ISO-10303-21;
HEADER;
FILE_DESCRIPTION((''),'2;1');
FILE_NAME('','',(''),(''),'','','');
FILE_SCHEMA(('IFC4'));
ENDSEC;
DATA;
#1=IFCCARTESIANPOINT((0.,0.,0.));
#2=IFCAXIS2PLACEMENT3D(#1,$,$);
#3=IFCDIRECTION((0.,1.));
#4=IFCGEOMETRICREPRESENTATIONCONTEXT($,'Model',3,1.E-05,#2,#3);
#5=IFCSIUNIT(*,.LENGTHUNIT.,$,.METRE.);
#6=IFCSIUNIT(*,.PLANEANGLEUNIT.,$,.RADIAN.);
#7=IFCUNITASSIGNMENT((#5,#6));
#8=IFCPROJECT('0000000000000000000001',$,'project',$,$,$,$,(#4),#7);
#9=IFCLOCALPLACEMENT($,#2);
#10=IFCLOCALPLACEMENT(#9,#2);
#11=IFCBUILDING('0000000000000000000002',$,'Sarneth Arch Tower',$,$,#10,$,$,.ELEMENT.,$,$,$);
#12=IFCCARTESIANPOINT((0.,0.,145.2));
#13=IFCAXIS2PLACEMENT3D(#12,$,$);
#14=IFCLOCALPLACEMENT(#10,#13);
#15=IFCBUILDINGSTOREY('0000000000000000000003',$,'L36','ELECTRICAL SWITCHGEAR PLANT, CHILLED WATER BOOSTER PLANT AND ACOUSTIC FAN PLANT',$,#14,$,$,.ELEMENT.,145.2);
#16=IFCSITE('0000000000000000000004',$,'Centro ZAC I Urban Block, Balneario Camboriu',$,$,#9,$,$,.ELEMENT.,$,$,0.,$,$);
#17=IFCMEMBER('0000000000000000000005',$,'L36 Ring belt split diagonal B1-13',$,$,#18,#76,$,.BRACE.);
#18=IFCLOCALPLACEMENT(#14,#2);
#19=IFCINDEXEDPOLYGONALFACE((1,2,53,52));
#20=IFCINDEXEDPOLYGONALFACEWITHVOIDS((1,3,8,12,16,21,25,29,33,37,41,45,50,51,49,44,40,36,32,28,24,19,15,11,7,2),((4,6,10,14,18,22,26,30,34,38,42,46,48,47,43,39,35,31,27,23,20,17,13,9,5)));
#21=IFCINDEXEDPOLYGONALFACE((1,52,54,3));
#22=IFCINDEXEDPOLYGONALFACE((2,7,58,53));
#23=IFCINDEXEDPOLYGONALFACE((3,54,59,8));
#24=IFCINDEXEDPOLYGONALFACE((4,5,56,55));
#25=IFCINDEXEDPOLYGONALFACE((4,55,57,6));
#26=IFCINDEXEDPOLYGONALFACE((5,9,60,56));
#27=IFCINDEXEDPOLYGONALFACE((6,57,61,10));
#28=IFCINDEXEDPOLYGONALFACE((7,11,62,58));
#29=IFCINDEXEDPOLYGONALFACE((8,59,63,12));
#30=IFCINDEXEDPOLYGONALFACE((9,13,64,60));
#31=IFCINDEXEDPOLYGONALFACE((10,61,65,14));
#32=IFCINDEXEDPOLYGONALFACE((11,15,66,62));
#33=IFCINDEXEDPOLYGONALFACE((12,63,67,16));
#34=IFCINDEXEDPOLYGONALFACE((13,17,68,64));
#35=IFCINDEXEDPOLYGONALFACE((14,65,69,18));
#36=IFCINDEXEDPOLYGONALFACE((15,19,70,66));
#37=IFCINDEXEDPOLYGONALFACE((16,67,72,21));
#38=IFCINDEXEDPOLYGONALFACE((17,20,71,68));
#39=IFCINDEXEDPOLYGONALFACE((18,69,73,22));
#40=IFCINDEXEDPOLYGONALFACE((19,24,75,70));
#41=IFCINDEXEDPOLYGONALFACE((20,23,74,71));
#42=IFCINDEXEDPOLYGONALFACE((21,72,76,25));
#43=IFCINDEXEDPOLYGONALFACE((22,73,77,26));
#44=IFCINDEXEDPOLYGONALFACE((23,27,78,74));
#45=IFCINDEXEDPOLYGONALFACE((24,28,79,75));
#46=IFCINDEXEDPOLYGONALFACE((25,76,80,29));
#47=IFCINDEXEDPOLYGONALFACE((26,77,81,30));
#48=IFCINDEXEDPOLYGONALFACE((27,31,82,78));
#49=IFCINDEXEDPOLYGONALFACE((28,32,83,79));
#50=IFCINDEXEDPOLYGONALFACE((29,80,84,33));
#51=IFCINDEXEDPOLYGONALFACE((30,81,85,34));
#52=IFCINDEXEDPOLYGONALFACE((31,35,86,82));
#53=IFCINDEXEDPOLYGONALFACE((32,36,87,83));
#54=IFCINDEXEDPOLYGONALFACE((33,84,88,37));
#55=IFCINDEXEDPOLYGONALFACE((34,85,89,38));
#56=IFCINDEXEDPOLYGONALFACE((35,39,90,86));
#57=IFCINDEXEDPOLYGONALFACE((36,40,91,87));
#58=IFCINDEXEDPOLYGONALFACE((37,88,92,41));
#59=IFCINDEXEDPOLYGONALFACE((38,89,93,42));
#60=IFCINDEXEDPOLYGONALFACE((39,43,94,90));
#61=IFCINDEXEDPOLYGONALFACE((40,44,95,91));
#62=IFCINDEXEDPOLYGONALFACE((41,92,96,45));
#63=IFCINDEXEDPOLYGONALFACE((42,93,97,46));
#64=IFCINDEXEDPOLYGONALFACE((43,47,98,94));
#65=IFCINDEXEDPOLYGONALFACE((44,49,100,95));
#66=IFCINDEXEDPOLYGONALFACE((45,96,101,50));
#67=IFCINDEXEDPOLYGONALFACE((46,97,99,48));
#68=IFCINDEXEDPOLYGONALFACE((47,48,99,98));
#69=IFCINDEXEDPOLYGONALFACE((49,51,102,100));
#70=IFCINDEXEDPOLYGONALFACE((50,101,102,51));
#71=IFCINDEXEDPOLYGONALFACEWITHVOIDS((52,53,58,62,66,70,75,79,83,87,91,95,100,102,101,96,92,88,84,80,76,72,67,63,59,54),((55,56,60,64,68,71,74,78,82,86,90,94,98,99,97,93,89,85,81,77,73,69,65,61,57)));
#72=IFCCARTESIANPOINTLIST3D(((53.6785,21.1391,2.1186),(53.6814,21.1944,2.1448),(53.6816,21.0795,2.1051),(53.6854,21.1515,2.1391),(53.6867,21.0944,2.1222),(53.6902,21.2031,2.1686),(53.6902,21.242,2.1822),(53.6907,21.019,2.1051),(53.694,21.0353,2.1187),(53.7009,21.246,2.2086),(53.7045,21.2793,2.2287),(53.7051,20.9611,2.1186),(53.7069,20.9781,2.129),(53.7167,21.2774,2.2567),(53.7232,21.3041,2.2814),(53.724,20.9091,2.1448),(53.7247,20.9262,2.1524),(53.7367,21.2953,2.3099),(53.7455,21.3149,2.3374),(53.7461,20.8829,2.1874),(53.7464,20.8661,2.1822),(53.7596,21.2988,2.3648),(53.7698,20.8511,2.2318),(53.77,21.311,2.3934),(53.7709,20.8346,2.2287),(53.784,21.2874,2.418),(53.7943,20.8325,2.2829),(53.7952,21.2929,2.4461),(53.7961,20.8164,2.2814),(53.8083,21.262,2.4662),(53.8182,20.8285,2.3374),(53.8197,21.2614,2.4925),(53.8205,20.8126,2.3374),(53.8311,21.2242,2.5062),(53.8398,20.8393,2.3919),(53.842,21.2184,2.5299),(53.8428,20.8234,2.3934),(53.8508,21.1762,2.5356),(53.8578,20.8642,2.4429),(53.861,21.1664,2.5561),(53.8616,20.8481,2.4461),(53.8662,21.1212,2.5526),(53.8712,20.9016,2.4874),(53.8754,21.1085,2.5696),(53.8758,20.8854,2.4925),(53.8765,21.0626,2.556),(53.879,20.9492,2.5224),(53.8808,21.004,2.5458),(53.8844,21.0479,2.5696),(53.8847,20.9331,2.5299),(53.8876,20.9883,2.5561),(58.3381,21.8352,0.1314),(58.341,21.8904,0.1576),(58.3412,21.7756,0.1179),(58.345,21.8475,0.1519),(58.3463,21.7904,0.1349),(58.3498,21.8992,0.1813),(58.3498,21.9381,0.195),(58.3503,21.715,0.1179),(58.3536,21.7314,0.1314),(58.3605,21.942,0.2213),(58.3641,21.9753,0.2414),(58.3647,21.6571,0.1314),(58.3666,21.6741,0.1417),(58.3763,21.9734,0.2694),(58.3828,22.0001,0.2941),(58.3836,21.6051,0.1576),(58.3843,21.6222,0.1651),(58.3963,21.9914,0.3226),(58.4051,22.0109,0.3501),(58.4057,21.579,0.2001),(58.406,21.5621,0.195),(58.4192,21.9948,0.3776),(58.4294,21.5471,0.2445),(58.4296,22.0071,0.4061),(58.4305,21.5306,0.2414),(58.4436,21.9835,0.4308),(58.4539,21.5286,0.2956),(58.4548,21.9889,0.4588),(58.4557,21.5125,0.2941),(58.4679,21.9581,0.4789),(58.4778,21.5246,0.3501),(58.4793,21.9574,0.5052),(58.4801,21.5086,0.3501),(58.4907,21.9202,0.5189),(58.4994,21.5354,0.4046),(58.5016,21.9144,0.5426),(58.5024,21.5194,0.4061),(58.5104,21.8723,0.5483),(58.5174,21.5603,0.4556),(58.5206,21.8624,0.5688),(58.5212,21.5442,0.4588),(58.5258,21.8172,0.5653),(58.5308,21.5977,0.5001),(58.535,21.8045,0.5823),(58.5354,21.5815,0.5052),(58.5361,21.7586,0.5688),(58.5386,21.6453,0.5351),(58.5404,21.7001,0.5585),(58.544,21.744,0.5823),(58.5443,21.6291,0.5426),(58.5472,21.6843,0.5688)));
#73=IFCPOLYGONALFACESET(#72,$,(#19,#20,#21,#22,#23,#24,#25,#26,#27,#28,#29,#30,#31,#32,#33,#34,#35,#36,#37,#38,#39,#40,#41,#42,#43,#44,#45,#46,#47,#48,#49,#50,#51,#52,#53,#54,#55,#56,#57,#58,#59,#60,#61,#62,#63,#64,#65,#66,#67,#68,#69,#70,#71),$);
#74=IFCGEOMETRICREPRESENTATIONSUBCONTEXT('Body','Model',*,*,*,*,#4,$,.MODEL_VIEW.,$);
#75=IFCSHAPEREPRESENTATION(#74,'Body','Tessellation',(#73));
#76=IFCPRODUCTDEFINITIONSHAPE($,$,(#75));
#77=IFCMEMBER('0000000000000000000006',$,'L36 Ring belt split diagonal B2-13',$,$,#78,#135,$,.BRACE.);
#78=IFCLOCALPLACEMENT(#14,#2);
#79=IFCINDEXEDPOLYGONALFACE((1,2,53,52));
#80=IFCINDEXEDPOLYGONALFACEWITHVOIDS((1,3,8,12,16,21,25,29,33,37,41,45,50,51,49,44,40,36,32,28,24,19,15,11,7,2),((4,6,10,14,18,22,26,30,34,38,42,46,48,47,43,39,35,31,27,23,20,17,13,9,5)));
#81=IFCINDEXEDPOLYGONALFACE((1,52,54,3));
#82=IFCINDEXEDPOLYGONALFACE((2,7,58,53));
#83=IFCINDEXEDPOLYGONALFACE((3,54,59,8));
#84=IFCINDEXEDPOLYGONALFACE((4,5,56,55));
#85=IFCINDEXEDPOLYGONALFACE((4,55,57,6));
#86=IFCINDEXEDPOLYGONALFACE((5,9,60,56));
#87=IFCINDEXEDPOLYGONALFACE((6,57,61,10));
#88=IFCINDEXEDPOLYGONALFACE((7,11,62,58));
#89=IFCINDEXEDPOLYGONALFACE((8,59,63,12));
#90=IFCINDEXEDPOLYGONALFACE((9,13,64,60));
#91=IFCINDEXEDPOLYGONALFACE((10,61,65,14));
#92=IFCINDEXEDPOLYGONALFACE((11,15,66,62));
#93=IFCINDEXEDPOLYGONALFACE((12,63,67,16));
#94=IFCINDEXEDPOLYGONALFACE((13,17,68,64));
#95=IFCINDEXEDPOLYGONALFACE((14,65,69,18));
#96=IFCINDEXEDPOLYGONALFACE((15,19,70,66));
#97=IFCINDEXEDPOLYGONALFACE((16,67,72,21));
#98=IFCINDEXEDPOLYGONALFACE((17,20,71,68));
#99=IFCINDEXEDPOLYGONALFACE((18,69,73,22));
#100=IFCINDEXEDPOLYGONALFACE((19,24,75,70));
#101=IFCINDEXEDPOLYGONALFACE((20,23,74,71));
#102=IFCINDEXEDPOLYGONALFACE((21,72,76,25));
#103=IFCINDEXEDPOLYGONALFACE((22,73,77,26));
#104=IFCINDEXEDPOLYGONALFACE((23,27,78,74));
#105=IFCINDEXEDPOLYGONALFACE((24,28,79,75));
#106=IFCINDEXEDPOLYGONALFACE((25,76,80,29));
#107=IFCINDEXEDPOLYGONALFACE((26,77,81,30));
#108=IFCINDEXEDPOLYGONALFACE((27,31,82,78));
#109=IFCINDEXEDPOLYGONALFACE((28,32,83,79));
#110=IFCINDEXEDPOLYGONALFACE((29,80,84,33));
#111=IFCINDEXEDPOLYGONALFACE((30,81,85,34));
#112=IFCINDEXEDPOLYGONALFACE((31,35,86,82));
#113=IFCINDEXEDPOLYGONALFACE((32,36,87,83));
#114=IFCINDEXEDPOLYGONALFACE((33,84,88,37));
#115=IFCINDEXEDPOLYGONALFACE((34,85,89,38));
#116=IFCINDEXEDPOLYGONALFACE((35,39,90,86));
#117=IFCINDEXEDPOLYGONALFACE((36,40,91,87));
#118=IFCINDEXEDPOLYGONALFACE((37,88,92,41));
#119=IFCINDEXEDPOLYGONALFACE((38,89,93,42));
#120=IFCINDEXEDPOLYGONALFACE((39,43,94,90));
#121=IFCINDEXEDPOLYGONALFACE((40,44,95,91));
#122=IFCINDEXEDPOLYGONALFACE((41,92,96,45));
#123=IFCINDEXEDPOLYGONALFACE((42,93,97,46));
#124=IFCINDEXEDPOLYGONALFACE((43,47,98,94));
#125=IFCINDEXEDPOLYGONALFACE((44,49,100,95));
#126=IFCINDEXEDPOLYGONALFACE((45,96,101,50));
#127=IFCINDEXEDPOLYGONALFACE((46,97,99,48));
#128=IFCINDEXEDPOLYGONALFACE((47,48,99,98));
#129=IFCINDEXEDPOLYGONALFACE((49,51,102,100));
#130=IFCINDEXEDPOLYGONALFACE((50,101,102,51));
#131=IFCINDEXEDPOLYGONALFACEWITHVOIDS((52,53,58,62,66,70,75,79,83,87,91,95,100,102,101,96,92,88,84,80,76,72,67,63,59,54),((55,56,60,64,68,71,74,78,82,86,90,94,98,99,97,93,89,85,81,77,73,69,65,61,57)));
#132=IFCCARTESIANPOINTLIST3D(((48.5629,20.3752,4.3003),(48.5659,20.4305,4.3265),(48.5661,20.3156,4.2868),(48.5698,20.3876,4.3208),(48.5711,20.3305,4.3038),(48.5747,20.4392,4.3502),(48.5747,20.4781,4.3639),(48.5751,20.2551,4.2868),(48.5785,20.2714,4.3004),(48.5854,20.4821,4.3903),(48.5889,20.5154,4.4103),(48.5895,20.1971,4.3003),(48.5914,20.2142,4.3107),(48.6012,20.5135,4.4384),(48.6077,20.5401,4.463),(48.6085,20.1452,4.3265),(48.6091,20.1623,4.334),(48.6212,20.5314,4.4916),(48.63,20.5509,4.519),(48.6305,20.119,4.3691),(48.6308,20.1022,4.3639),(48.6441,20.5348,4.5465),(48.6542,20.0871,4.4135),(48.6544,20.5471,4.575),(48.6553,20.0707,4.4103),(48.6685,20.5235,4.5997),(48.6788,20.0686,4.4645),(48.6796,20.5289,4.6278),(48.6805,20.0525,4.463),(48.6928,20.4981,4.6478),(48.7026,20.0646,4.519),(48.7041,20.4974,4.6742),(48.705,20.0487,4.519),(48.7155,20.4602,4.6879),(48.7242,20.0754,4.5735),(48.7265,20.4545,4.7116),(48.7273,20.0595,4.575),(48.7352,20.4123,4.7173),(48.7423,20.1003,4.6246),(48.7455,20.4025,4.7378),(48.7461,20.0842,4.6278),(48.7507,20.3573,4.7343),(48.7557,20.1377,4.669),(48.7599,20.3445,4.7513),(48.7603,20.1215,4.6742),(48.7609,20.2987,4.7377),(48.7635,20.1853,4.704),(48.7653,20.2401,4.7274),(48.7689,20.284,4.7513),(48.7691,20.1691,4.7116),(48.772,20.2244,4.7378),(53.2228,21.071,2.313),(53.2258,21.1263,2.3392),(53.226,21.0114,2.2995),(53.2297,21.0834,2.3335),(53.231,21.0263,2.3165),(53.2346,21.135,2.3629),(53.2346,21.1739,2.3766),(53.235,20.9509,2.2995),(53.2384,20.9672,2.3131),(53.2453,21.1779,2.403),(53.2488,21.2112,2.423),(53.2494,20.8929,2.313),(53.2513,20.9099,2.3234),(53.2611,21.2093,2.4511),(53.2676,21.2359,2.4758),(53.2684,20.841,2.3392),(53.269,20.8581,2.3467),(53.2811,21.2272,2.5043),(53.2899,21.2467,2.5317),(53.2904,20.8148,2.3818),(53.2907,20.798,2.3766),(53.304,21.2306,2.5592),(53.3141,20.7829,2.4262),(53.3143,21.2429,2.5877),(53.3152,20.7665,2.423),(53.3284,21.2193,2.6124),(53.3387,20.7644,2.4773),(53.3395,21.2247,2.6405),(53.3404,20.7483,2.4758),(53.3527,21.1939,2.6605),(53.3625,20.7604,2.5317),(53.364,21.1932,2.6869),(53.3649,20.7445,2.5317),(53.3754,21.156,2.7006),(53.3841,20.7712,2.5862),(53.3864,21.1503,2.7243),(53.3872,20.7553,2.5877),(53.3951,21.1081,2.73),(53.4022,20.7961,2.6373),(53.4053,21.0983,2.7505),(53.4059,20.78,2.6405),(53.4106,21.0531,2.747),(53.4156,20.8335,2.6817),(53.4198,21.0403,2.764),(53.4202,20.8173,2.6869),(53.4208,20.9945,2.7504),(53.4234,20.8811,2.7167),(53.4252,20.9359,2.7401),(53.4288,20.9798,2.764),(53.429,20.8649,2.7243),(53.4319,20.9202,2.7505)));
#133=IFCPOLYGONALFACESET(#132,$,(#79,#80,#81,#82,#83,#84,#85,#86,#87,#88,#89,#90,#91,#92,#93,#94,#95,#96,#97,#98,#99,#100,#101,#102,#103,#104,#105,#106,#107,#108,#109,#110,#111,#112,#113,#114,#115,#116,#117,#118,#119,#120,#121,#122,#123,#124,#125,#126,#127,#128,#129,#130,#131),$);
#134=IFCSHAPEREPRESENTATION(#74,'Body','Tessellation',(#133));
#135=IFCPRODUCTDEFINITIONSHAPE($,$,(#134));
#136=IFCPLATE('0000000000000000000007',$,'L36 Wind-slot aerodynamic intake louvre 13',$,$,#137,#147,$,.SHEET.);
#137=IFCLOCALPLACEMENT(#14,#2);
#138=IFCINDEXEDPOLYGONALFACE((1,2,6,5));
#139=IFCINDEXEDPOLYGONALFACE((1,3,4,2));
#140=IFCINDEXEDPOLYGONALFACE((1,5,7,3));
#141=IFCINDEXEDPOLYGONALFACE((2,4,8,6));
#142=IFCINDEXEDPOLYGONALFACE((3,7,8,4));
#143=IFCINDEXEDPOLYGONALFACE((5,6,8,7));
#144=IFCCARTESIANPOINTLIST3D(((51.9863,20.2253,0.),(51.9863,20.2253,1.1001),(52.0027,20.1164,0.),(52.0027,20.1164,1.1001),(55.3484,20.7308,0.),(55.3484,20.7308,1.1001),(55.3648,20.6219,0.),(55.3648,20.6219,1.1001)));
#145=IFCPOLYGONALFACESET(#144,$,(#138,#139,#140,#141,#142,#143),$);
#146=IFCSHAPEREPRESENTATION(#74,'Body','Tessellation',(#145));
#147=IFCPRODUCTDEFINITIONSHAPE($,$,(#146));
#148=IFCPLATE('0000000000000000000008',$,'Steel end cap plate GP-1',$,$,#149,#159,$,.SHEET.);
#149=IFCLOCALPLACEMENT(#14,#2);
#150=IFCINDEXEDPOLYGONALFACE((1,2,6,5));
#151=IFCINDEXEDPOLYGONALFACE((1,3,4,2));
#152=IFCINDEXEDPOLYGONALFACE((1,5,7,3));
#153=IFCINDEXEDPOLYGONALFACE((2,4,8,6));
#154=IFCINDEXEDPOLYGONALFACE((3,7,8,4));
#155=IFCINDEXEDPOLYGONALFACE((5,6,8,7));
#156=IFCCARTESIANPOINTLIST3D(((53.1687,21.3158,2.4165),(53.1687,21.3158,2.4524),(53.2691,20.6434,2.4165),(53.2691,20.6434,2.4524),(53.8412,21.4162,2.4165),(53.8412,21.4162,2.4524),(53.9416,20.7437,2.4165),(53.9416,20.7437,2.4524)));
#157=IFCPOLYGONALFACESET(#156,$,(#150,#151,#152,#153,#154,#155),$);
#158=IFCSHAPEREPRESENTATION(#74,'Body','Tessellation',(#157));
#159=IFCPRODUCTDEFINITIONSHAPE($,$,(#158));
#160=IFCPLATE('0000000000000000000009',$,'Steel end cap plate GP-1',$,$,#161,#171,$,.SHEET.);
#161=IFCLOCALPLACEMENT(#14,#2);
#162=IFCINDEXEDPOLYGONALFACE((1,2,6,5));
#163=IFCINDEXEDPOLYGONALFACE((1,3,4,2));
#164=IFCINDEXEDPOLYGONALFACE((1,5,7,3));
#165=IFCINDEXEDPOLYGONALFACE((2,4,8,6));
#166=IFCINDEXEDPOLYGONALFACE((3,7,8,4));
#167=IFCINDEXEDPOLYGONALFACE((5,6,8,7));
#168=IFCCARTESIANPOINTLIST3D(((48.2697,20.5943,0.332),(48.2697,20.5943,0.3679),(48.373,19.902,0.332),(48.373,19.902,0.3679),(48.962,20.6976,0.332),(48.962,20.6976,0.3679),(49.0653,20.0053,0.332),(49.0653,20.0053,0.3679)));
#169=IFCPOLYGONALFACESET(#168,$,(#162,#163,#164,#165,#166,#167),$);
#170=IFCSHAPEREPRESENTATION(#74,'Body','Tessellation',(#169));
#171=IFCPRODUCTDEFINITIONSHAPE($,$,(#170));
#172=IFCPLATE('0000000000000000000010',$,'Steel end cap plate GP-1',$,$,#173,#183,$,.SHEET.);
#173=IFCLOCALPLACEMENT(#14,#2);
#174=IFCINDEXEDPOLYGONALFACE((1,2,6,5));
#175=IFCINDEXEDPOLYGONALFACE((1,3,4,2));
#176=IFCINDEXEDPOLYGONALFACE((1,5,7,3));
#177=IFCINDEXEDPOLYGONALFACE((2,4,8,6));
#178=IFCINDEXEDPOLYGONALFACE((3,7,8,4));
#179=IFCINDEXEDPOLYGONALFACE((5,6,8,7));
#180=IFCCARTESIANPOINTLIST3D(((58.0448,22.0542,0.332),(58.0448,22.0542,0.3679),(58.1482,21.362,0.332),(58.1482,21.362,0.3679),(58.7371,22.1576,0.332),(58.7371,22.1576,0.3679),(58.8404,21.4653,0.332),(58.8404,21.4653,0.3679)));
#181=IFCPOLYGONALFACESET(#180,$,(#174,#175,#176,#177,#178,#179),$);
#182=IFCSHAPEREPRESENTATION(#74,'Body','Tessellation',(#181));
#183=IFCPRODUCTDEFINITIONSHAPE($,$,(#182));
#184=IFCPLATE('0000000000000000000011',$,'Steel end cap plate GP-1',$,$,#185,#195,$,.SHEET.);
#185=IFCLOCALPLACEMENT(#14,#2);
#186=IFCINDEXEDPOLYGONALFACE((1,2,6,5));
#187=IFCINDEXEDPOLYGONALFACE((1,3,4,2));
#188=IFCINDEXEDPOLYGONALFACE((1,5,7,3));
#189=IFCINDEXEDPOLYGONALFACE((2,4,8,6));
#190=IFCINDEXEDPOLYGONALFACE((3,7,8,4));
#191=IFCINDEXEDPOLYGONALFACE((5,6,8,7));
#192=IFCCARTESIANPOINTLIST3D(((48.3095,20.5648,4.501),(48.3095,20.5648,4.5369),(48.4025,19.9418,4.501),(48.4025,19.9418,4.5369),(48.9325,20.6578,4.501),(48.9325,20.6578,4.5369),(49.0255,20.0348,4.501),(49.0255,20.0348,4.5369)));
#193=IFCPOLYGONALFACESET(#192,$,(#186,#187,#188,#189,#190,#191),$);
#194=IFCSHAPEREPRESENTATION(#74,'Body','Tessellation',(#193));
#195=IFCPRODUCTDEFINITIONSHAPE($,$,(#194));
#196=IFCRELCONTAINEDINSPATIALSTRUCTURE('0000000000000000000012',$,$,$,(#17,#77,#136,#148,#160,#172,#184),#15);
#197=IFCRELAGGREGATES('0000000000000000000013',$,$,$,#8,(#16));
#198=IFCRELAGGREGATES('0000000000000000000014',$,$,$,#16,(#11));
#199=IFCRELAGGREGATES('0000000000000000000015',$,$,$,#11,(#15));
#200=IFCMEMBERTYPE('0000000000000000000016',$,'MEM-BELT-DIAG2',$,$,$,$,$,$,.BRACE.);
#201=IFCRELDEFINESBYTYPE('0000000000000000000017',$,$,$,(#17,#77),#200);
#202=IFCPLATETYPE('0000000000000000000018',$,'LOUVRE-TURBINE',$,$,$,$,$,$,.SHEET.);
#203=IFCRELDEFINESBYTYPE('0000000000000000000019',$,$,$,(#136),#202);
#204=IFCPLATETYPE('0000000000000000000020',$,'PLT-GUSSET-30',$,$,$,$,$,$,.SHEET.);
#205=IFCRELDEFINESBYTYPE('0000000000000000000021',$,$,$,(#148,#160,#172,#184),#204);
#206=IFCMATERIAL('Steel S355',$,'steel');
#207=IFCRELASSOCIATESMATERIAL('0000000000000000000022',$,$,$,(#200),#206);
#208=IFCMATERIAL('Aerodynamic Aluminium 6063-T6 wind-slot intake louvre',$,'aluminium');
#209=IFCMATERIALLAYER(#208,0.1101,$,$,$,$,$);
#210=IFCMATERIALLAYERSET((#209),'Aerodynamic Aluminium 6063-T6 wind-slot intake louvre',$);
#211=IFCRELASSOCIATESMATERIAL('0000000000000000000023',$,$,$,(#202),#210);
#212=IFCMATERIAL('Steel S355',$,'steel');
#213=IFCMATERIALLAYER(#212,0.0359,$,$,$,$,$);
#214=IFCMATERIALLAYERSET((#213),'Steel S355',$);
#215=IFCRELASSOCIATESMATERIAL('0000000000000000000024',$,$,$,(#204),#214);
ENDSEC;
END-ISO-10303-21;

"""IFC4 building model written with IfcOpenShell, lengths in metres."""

from ifc_helpers import new_model, si_unit, direction, frame, origin, origin_2d, place, context, subcontext, project, spatial, rectangle, hollow_circle, extrude, material, layer, layer_set, material_profile, profile_set, type_object, element, save


model = new_model("IFC4")

# Units and contexts
model_context = context("Model", 3, precision=1e-05, world=origin(), true_north=direction((0.0, 1.0)))
body_context = subcontext(model_context, "Body", "Model", "MODEL_VIEW")
ifc_project = project(units=[si_unit("LENGTHUNIT", "METRE"), si_unit("PLANEANGLEUNIT", "RADIAN")], contexts=[model_context])

# Site, building, storey
site_placement = place(None, origin())
site = spatial("IfcSite", under=ifc_project, at=site_placement, Name="Centro ZAC I Urban Block, Balneario Camboriu", CompositionType="ELEMENT", RefElevation=0.0)
building_placement = place(site_placement, origin())
building = spatial("IfcBuilding", under=site, at=building_placement, Name="Sarneth Arch Tower", CompositionType="ELEMENT")
storey_placement = place(building_placement, frame((0.0, 0.0, 145.2)))
storey = spatial("IfcBuildingStorey", under=building, at=storey_placement, Name="L36", Description="ELECTRICAL SWITCHGEAR PLANT, CHILLED WATER BOOSTER PLANT AND ACOUSTIC FAN PLANT", CompositionType="ELEMENT", Elevation=145.2)

# Members
ifc_material_1 = material(Name="Steel S355", Category="steel")
ifc_material_profile_1 = material_profile(ifc_material_1, hollow_circle(Radius=0.2539, WallThickness=0.0161, at=origin_2d()), Name="CHS508x16")
ifc_profile_set_1 = profile_set([ifc_material_profile_1], Name="Steel S355")
member_type_1 = type_object("IfcMemberType", Name="MEM-BELT-DIAG2", PredefinedType="BRACE", material=ifc_profile_set_1)
member_1_placement = place(storey_placement, frame((58.4426, 21.7598, 0.3501), z_axis=(-0.911275, -0.136123, 0.38865), x_axis=(0.147737, -0.989027, 0.0)))
element("IfcMember", 1, at=member_1_placement, inside=storey, type_object=member_type_1, Name="L36 Ring belt split diagonal B1-13", PredefinedType="BRACE", context=body_context, shape_type="SweptSolid", body=[
    extrude(hollow_circle(Radius=0.2539, WallThickness=0.0161, at=origin_2d()), origin(), (0.0, 0.0, 1.0), 5.1133),
])
member_2_placement = place(storey_placement, frame((53.3274, 20.9956, 2.5317), z_axis=(-0.911289, -0.13607, 0.388636), x_axis=(0.147679, -0.989035, 0.0)))
element("IfcMember", 2, at=member_2_placement, inside=storey, type_object=member_type_1, Name="L36 Ring belt split diagonal B2-13", PredefinedType="BRACE", context=body_context, shape_type="SweptSolid", body=[
    extrude(hollow_circle(Radius=0.2539, WallThickness=0.0161, at=origin_2d()), origin(), (0.0, 0.0, 1.0), 5.1135),
])

# Plates
ifc_material_2 = material(Name="Aerodynamic Aluminium 6063-T6 wind-slot intake louvre", Category="aluminium")
ifc_layer_1 = layer(ifc_material_2, 0.1101)
ifc_layer_set_1 = layer_set([ifc_layer_1], Name="Aerodynamic Aluminium 6063-T6 wind-slot intake louvre")
plate_type_1 = type_object("IfcPlateType", Name="LOUVRE-TURBINE", PredefinedType="SHEET", material=ifc_layer_set_1)
plate_1_placement = place(storey_placement, frame((53.6755, 20.4236, 0.0), z_axis=(0.0, 0.0, 1.0), x_axis=(0.988886, 0.148672, 0.0)))
element("IfcPlate", 3, at=plate_1_placement, inside=storey, type_object=plate_type_1, Name="L36 Wind-slot aerodynamic intake louvre 13", PredefinedType="SHEET", context=body_context, shape_type="SweptSolid", body=[
    extrude(rectangle(XDim=3.3999, YDim=0.1101, at=origin_2d()), origin(), (0.0, 0.0, 1.0), 1.1001),
])
ifc_material_3 = material(Name="Steel S355", Category="steel")
ifc_layer_2 = layer(ifc_material_3, 0.0359)
ifc_layer_set_2 = layer_set([ifc_layer_2], Name="Steel S355")
plate_type_2 = type_object("IfcPlateType", Name="PLT-GUSSET-30", PredefinedType="SHEET", material=ifc_layer_set_2)
plate_2_placement = place(storey_placement, frame((53.5552, 21.0298, 2.4165), z_axis=(0.0, 0.0, 1.0), x_axis=(0.989042, 0.147637, 0.0)))
element("IfcPlate", 4, at=plate_2_placement, inside=storey, type_object=plate_type_2, Name="Steel end cap plate GP-1", PredefinedType="SHEET", context=body_context, shape_type="SweptSolid", body=[
    extrude(rectangle(XDim=0.6799, YDim=0.6799, at=origin_2d()), origin(), (0.0, 0.0, 1.0), 0.0359),
])
for number, where, z_axis, x_axis, name in (
    (5, (48.6675, 20.2998, 0.332), (0.0, 0.0, 1.0), (-0.989042, -0.147637, 0.0), "Steel end cap plate GP-1"),
    (6, (58.4426, 21.7598, 0.332), (0.0, 0.0, 1.0), (0.989042, 0.147637, 0.0), "Steel end cap plate GP-1"),
):
    element("IfcPlate", number, at=place(storey_placement, frame(where, z_axis=z_axis, x_axis=x_axis)), inside=storey, type_object=plate_type_2, Name=name, PredefinedType="SHEET", context=body_context, shape_type="SweptSolid", body=[
        extrude(rectangle(XDim=0.7, YDim=0.7, at=origin_2d()), origin(), (0.0, 0.0, 1.0), 0.0359),
    ])
for number, where, z_axis, x_axis, name in (
    (7, (48.6675, 20.2998, 4.501), (0.0, 0.0, 1.0), (-0.989042, -0.147637, 0.0), "Steel end cap plate GP-1"),
):
    element("IfcPlate", number, at=place(storey_placement, frame(where, z_axis=z_axis, x_axis=x_axis)), inside=storey, type_object=plate_type_2, Name=name, PredefinedType="SHEET", context=body_context, shape_type="SweptSolid", body=[
        extrude(rectangle(XDim=0.6299, YDim=0.6299, at=origin_2d()), origin(), (0.0, 0.0, 1.0), 0.0359),
    ])

save(model, "model.ifc")
